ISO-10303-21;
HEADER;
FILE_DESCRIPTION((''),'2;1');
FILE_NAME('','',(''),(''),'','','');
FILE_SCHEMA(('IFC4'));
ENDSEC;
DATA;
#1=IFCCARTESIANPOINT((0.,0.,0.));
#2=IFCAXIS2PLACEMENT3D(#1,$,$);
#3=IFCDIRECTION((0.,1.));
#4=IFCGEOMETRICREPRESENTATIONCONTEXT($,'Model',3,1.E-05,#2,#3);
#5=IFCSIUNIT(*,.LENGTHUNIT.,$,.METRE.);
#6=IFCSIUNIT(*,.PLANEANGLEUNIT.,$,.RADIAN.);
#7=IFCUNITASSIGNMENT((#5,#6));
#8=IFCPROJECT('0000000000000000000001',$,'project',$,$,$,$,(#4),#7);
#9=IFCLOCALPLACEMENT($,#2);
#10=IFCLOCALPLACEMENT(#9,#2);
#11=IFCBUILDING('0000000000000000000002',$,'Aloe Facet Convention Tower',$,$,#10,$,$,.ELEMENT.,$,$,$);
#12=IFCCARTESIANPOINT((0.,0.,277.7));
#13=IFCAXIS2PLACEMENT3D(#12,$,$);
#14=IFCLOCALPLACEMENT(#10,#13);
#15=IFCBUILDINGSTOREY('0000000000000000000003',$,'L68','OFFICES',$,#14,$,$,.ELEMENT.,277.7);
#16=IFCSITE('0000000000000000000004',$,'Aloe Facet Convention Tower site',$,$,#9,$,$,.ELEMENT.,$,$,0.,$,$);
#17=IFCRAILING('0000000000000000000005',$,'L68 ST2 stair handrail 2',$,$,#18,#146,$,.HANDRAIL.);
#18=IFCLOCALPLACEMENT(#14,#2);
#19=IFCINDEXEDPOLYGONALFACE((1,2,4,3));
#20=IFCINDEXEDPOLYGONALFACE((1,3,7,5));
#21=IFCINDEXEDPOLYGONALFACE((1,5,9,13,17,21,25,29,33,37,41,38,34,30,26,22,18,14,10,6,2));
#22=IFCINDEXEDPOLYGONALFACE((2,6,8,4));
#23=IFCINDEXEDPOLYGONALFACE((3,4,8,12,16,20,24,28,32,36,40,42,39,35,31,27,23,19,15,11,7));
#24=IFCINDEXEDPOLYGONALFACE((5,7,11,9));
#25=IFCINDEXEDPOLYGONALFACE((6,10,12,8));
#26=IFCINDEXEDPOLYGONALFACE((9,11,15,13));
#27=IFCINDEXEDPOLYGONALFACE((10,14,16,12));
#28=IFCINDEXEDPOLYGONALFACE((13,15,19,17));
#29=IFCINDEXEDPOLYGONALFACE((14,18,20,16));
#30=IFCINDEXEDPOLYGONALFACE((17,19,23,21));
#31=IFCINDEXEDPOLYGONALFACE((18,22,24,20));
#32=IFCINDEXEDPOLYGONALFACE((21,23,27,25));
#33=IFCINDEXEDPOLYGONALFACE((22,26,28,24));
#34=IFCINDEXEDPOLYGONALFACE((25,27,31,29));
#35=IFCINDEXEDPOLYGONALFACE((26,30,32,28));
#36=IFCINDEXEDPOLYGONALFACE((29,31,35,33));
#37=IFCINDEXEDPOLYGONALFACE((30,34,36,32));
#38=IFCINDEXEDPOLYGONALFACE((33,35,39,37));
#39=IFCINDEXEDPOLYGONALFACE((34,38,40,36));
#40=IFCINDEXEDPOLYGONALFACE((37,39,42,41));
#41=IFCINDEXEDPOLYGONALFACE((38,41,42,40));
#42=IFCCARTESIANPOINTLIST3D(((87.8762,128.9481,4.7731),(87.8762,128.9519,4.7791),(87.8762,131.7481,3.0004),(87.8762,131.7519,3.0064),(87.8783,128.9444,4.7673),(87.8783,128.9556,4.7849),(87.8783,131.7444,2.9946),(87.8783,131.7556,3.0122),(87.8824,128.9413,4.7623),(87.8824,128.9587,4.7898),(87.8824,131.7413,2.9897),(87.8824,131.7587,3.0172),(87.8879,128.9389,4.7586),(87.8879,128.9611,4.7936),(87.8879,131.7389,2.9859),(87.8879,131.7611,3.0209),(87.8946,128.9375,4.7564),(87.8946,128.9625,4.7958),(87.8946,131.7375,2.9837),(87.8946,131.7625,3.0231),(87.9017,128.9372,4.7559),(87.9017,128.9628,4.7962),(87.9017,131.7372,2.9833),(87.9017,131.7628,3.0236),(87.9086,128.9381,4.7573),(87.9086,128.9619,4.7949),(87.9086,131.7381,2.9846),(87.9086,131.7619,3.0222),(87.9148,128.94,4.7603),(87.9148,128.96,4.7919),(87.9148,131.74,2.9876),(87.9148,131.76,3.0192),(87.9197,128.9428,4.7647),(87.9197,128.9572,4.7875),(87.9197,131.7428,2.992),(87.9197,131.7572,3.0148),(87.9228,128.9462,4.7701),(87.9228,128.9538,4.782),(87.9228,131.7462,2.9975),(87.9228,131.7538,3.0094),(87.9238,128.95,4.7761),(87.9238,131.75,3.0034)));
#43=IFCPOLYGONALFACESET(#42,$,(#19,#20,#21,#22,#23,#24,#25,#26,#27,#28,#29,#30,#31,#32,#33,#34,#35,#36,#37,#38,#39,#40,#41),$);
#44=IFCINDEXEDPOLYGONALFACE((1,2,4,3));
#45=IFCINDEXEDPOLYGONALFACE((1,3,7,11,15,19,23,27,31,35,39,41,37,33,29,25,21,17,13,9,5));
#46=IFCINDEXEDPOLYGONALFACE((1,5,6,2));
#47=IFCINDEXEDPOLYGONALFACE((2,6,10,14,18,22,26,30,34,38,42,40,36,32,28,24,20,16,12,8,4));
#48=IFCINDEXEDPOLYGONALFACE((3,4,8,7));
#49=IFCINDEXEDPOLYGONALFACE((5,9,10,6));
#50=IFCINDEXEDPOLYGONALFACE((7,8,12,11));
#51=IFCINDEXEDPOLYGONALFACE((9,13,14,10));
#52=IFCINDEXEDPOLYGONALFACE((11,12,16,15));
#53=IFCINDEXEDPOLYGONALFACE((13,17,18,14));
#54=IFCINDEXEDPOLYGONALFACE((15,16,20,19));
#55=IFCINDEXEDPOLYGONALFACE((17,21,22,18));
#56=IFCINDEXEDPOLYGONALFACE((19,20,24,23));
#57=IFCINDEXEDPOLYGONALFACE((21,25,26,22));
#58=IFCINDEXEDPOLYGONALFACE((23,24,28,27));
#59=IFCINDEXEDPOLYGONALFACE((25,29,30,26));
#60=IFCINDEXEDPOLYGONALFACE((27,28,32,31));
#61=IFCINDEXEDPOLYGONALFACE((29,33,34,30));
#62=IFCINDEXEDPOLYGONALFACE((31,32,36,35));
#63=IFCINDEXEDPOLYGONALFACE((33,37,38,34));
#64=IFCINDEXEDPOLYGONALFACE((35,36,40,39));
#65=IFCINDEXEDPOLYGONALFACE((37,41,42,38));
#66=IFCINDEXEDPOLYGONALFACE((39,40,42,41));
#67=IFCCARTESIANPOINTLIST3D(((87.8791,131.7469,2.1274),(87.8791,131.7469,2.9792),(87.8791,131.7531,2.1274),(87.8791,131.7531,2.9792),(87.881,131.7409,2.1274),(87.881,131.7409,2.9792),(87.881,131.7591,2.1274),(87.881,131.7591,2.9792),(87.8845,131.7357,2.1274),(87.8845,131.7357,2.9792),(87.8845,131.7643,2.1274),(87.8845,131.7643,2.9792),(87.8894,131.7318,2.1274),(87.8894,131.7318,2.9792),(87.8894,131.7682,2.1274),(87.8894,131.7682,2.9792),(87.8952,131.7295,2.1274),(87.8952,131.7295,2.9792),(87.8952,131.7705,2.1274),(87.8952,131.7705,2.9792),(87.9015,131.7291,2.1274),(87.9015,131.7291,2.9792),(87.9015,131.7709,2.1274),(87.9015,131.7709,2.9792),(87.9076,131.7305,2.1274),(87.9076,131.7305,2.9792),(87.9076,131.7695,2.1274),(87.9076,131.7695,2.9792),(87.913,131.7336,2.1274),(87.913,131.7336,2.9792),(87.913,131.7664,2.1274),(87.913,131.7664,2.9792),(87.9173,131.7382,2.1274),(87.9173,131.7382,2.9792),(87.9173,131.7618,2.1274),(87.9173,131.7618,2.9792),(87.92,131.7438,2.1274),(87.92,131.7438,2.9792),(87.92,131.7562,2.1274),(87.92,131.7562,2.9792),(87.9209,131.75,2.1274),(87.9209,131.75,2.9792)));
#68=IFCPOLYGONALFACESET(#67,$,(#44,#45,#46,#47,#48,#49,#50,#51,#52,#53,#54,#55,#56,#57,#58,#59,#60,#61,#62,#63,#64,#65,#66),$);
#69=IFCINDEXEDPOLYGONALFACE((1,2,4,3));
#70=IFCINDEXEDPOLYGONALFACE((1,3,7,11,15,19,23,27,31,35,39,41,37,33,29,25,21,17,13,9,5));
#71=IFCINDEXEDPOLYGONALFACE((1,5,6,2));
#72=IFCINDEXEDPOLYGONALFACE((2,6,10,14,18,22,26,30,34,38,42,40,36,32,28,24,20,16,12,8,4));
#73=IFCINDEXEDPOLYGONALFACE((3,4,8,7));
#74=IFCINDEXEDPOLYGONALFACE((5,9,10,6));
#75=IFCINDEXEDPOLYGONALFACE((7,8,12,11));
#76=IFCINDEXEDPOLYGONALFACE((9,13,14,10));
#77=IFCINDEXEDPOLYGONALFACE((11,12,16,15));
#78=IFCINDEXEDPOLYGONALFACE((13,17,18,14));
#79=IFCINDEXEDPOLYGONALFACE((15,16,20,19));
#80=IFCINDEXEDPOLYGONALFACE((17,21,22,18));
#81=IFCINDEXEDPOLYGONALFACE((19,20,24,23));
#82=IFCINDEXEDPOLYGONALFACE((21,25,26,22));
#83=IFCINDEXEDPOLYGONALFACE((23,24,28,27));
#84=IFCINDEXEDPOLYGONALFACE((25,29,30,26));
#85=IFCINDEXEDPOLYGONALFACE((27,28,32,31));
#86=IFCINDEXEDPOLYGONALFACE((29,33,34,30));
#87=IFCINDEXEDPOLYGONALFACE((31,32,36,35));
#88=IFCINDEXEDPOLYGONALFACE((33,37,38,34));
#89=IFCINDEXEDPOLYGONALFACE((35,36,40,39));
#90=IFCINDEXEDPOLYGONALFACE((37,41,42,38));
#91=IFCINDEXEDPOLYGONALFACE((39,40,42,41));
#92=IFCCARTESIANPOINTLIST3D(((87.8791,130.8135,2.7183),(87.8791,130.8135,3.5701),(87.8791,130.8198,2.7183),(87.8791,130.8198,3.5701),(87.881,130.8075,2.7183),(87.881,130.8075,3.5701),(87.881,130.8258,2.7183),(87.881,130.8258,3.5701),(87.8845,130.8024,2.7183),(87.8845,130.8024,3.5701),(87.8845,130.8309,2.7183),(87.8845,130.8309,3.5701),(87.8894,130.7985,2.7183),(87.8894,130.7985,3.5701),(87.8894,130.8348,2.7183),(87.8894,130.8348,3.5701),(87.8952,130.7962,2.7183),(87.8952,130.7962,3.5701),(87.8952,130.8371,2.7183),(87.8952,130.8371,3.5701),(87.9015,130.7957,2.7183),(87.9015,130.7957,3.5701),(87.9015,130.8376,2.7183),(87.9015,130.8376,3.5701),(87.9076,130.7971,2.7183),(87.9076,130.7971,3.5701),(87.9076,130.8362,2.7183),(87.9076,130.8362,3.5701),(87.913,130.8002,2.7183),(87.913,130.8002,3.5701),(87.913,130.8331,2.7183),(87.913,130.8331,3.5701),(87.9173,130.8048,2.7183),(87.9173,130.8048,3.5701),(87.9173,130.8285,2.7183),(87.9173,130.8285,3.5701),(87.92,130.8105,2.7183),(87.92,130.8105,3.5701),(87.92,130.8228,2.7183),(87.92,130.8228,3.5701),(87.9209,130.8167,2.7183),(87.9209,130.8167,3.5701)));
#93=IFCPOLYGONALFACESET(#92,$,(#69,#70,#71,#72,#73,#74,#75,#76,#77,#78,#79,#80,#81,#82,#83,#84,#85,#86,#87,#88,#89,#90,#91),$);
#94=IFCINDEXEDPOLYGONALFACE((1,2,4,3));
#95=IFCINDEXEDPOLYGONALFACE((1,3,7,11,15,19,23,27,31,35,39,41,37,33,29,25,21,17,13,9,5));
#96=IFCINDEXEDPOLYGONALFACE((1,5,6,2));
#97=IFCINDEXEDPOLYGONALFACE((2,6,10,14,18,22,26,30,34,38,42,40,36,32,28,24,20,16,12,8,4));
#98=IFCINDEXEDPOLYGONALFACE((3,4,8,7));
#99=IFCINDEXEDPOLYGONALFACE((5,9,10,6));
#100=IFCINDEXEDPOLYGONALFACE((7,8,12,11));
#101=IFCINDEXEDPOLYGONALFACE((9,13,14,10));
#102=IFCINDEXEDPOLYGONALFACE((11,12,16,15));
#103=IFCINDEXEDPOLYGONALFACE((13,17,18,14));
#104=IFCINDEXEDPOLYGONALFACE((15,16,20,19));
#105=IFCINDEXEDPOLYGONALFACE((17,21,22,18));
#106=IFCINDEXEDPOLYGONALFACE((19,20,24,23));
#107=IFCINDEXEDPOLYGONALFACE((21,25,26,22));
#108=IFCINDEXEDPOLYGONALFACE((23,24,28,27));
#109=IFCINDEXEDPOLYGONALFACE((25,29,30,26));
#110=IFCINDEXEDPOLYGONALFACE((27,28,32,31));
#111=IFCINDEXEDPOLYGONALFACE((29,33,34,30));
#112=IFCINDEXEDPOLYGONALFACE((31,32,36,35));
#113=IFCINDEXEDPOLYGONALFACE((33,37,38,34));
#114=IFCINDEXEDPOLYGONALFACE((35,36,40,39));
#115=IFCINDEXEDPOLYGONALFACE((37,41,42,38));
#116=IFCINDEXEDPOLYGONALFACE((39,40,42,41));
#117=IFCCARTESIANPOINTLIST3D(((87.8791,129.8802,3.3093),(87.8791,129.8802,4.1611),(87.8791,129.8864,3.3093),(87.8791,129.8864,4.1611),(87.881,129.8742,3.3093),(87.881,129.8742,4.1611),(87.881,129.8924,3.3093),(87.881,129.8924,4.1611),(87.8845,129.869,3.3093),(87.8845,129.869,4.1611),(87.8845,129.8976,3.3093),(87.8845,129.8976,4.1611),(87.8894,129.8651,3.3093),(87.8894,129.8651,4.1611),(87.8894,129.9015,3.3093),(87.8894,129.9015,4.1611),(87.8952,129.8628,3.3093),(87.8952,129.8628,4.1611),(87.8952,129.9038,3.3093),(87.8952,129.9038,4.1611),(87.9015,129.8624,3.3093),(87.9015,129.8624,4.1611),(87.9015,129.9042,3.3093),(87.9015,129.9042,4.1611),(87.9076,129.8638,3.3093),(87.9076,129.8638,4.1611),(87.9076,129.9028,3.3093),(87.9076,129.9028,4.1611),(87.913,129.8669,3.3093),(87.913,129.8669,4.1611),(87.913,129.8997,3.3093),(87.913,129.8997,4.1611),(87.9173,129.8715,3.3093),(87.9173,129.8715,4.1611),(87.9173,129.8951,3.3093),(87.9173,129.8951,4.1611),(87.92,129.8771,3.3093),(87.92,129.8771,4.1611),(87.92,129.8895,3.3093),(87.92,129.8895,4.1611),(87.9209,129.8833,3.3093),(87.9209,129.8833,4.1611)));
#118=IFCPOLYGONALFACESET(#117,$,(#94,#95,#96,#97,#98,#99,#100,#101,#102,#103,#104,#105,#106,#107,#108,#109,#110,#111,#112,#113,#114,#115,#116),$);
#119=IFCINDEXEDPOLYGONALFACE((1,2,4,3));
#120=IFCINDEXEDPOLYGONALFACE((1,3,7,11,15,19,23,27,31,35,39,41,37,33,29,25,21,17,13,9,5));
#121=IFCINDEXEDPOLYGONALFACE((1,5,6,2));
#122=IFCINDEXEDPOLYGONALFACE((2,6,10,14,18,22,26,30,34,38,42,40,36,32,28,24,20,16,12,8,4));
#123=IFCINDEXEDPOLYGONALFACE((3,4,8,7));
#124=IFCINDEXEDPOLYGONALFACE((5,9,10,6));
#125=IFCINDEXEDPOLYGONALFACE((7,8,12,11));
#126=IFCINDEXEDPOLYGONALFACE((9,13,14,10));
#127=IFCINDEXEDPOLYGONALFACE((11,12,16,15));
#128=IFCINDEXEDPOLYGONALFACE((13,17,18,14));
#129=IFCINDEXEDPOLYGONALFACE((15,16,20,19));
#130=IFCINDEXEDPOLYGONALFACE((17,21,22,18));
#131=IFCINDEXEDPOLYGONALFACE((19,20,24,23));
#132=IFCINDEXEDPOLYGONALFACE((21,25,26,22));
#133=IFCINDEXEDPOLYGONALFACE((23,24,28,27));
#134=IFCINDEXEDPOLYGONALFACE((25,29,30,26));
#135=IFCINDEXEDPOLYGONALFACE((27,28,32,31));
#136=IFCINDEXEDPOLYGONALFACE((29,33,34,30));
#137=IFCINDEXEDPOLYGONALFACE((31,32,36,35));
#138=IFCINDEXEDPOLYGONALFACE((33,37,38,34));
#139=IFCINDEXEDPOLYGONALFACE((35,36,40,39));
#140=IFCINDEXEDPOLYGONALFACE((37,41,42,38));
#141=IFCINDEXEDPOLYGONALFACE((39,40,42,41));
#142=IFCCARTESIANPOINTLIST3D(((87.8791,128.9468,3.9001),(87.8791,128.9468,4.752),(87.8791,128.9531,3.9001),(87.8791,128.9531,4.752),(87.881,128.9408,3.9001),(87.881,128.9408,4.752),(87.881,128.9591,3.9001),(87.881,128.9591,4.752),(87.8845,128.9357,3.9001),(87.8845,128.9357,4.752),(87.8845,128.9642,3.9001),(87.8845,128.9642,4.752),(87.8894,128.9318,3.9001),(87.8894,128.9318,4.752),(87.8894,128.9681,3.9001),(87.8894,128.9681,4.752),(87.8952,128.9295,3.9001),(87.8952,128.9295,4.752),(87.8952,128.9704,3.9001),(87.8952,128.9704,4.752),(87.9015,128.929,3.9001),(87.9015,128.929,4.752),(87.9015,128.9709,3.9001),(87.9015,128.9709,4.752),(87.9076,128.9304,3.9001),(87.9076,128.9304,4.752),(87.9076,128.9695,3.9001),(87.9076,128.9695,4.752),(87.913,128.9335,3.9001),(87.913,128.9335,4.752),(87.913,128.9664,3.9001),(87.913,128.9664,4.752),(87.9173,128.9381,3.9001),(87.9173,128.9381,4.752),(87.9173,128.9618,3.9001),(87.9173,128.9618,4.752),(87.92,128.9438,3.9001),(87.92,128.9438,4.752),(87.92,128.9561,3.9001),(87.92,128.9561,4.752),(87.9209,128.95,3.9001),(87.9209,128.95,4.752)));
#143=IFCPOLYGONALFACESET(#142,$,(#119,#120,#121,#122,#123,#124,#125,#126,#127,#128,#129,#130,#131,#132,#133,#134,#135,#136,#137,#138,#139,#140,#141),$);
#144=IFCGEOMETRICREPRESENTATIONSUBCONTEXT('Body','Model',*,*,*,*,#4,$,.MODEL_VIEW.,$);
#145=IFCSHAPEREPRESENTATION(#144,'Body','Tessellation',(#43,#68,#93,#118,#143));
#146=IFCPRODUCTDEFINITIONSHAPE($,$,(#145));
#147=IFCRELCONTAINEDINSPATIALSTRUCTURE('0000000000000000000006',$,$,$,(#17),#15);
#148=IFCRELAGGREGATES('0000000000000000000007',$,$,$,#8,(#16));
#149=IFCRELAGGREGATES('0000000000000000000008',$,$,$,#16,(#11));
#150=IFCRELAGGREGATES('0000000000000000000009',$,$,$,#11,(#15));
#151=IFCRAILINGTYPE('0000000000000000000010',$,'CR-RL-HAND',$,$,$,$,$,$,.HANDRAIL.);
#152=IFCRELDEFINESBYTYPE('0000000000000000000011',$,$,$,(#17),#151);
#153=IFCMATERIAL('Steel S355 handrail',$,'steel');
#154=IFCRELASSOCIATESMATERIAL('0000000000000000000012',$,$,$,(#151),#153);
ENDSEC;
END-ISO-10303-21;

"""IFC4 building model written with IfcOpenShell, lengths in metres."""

from ifc_helpers import new_model, si_unit, direction, frame, origin, origin_2d, place, context, subcontext, project, spatial, circle, extrude, material, type_object, element, save


model = new_model("IFC4")

# Units and contexts
model_context = context("Model", 3, precision=1e-05, world=origin(), true_north=direction((0.0, 1.0)))
body_context = subcontext(model_context, "Body", "Model", "MODEL_VIEW")
ifc_project = project(units=[si_unit("LENGTHUNIT", "METRE"), si_unit("PLANEANGLEUNIT", "RADIAN")], contexts=[model_context])

# Site, building, storey
site_placement = place(None, origin())
site = spatial("IfcSite", under=ifc_project, at=site_placement, Name="Aloe Facet Convention Tower site", CompositionType="ELEMENT", RefElevation=0.0)
building_placement = place(site_placement, origin())
building = spatial("IfcBuilding", under=site, at=building_placement, Name="Aloe Facet Convention Tower", CompositionType="ELEMENT")
storey_placement = place(building_placement, frame((0.0, 0.0, 277.7)))
storey = spatial("IfcBuildingStorey", under=building, at=storey_placement, Name="L68", Description="OFFICES", CompositionType="ELEMENT", Elevation=277.7)

# Railing
ifc_material_1 = material(Name="Steel S355 handrail", Category="steel")
railing_type_1 = type_object("IfcRailingType", Name="CR-RL-HAND", PredefinedType="HANDRAIL", material=ifc_material_1)
railing_1_placement = place(storey_placement, frame((87.8999, 131.75, 2.1274)))
element("IfcRailing", 1, at=railing_1_placement, inside=storey, type_object=railing_type_1, Name="L68 ST2 stair handrail 2", PredefinedType="HANDRAIL", context=body_context, shape_type="SweptSolid", body=[
    extrude(circle(Radius=0.0239, at=origin_2d()), frame((0.0, 0.0, 0.876), z_axis=(0.0, -0.844909, 0.53491), x_axis=(1.0, 0.0, 0.0)), (0.0, 0.0, 1.0), 3.314),
    extrude(circle(Radius=0.021, at=origin_2d()), origin(), (0.0, 0.0, 1.0), 0.8518),
    extrude(circle(Radius=0.021, at=origin_2d()), frame((0.0, -0.9333, 0.5908)), (0.0, 0.0, 1.0), 0.8518),
    extrude(circle(Radius=0.021, at=origin_2d()), frame((0.0, -1.8667, 1.1819)), (0.0, 0.0, 1.0), 0.8518),
    extrude(circle(Radius=0.021, at=origin_2d()), frame((0.0, -2.8, 1.7727)), (0.0, 0.0, 1.0), 0.8518),
])

save(model, "model.ifc")
